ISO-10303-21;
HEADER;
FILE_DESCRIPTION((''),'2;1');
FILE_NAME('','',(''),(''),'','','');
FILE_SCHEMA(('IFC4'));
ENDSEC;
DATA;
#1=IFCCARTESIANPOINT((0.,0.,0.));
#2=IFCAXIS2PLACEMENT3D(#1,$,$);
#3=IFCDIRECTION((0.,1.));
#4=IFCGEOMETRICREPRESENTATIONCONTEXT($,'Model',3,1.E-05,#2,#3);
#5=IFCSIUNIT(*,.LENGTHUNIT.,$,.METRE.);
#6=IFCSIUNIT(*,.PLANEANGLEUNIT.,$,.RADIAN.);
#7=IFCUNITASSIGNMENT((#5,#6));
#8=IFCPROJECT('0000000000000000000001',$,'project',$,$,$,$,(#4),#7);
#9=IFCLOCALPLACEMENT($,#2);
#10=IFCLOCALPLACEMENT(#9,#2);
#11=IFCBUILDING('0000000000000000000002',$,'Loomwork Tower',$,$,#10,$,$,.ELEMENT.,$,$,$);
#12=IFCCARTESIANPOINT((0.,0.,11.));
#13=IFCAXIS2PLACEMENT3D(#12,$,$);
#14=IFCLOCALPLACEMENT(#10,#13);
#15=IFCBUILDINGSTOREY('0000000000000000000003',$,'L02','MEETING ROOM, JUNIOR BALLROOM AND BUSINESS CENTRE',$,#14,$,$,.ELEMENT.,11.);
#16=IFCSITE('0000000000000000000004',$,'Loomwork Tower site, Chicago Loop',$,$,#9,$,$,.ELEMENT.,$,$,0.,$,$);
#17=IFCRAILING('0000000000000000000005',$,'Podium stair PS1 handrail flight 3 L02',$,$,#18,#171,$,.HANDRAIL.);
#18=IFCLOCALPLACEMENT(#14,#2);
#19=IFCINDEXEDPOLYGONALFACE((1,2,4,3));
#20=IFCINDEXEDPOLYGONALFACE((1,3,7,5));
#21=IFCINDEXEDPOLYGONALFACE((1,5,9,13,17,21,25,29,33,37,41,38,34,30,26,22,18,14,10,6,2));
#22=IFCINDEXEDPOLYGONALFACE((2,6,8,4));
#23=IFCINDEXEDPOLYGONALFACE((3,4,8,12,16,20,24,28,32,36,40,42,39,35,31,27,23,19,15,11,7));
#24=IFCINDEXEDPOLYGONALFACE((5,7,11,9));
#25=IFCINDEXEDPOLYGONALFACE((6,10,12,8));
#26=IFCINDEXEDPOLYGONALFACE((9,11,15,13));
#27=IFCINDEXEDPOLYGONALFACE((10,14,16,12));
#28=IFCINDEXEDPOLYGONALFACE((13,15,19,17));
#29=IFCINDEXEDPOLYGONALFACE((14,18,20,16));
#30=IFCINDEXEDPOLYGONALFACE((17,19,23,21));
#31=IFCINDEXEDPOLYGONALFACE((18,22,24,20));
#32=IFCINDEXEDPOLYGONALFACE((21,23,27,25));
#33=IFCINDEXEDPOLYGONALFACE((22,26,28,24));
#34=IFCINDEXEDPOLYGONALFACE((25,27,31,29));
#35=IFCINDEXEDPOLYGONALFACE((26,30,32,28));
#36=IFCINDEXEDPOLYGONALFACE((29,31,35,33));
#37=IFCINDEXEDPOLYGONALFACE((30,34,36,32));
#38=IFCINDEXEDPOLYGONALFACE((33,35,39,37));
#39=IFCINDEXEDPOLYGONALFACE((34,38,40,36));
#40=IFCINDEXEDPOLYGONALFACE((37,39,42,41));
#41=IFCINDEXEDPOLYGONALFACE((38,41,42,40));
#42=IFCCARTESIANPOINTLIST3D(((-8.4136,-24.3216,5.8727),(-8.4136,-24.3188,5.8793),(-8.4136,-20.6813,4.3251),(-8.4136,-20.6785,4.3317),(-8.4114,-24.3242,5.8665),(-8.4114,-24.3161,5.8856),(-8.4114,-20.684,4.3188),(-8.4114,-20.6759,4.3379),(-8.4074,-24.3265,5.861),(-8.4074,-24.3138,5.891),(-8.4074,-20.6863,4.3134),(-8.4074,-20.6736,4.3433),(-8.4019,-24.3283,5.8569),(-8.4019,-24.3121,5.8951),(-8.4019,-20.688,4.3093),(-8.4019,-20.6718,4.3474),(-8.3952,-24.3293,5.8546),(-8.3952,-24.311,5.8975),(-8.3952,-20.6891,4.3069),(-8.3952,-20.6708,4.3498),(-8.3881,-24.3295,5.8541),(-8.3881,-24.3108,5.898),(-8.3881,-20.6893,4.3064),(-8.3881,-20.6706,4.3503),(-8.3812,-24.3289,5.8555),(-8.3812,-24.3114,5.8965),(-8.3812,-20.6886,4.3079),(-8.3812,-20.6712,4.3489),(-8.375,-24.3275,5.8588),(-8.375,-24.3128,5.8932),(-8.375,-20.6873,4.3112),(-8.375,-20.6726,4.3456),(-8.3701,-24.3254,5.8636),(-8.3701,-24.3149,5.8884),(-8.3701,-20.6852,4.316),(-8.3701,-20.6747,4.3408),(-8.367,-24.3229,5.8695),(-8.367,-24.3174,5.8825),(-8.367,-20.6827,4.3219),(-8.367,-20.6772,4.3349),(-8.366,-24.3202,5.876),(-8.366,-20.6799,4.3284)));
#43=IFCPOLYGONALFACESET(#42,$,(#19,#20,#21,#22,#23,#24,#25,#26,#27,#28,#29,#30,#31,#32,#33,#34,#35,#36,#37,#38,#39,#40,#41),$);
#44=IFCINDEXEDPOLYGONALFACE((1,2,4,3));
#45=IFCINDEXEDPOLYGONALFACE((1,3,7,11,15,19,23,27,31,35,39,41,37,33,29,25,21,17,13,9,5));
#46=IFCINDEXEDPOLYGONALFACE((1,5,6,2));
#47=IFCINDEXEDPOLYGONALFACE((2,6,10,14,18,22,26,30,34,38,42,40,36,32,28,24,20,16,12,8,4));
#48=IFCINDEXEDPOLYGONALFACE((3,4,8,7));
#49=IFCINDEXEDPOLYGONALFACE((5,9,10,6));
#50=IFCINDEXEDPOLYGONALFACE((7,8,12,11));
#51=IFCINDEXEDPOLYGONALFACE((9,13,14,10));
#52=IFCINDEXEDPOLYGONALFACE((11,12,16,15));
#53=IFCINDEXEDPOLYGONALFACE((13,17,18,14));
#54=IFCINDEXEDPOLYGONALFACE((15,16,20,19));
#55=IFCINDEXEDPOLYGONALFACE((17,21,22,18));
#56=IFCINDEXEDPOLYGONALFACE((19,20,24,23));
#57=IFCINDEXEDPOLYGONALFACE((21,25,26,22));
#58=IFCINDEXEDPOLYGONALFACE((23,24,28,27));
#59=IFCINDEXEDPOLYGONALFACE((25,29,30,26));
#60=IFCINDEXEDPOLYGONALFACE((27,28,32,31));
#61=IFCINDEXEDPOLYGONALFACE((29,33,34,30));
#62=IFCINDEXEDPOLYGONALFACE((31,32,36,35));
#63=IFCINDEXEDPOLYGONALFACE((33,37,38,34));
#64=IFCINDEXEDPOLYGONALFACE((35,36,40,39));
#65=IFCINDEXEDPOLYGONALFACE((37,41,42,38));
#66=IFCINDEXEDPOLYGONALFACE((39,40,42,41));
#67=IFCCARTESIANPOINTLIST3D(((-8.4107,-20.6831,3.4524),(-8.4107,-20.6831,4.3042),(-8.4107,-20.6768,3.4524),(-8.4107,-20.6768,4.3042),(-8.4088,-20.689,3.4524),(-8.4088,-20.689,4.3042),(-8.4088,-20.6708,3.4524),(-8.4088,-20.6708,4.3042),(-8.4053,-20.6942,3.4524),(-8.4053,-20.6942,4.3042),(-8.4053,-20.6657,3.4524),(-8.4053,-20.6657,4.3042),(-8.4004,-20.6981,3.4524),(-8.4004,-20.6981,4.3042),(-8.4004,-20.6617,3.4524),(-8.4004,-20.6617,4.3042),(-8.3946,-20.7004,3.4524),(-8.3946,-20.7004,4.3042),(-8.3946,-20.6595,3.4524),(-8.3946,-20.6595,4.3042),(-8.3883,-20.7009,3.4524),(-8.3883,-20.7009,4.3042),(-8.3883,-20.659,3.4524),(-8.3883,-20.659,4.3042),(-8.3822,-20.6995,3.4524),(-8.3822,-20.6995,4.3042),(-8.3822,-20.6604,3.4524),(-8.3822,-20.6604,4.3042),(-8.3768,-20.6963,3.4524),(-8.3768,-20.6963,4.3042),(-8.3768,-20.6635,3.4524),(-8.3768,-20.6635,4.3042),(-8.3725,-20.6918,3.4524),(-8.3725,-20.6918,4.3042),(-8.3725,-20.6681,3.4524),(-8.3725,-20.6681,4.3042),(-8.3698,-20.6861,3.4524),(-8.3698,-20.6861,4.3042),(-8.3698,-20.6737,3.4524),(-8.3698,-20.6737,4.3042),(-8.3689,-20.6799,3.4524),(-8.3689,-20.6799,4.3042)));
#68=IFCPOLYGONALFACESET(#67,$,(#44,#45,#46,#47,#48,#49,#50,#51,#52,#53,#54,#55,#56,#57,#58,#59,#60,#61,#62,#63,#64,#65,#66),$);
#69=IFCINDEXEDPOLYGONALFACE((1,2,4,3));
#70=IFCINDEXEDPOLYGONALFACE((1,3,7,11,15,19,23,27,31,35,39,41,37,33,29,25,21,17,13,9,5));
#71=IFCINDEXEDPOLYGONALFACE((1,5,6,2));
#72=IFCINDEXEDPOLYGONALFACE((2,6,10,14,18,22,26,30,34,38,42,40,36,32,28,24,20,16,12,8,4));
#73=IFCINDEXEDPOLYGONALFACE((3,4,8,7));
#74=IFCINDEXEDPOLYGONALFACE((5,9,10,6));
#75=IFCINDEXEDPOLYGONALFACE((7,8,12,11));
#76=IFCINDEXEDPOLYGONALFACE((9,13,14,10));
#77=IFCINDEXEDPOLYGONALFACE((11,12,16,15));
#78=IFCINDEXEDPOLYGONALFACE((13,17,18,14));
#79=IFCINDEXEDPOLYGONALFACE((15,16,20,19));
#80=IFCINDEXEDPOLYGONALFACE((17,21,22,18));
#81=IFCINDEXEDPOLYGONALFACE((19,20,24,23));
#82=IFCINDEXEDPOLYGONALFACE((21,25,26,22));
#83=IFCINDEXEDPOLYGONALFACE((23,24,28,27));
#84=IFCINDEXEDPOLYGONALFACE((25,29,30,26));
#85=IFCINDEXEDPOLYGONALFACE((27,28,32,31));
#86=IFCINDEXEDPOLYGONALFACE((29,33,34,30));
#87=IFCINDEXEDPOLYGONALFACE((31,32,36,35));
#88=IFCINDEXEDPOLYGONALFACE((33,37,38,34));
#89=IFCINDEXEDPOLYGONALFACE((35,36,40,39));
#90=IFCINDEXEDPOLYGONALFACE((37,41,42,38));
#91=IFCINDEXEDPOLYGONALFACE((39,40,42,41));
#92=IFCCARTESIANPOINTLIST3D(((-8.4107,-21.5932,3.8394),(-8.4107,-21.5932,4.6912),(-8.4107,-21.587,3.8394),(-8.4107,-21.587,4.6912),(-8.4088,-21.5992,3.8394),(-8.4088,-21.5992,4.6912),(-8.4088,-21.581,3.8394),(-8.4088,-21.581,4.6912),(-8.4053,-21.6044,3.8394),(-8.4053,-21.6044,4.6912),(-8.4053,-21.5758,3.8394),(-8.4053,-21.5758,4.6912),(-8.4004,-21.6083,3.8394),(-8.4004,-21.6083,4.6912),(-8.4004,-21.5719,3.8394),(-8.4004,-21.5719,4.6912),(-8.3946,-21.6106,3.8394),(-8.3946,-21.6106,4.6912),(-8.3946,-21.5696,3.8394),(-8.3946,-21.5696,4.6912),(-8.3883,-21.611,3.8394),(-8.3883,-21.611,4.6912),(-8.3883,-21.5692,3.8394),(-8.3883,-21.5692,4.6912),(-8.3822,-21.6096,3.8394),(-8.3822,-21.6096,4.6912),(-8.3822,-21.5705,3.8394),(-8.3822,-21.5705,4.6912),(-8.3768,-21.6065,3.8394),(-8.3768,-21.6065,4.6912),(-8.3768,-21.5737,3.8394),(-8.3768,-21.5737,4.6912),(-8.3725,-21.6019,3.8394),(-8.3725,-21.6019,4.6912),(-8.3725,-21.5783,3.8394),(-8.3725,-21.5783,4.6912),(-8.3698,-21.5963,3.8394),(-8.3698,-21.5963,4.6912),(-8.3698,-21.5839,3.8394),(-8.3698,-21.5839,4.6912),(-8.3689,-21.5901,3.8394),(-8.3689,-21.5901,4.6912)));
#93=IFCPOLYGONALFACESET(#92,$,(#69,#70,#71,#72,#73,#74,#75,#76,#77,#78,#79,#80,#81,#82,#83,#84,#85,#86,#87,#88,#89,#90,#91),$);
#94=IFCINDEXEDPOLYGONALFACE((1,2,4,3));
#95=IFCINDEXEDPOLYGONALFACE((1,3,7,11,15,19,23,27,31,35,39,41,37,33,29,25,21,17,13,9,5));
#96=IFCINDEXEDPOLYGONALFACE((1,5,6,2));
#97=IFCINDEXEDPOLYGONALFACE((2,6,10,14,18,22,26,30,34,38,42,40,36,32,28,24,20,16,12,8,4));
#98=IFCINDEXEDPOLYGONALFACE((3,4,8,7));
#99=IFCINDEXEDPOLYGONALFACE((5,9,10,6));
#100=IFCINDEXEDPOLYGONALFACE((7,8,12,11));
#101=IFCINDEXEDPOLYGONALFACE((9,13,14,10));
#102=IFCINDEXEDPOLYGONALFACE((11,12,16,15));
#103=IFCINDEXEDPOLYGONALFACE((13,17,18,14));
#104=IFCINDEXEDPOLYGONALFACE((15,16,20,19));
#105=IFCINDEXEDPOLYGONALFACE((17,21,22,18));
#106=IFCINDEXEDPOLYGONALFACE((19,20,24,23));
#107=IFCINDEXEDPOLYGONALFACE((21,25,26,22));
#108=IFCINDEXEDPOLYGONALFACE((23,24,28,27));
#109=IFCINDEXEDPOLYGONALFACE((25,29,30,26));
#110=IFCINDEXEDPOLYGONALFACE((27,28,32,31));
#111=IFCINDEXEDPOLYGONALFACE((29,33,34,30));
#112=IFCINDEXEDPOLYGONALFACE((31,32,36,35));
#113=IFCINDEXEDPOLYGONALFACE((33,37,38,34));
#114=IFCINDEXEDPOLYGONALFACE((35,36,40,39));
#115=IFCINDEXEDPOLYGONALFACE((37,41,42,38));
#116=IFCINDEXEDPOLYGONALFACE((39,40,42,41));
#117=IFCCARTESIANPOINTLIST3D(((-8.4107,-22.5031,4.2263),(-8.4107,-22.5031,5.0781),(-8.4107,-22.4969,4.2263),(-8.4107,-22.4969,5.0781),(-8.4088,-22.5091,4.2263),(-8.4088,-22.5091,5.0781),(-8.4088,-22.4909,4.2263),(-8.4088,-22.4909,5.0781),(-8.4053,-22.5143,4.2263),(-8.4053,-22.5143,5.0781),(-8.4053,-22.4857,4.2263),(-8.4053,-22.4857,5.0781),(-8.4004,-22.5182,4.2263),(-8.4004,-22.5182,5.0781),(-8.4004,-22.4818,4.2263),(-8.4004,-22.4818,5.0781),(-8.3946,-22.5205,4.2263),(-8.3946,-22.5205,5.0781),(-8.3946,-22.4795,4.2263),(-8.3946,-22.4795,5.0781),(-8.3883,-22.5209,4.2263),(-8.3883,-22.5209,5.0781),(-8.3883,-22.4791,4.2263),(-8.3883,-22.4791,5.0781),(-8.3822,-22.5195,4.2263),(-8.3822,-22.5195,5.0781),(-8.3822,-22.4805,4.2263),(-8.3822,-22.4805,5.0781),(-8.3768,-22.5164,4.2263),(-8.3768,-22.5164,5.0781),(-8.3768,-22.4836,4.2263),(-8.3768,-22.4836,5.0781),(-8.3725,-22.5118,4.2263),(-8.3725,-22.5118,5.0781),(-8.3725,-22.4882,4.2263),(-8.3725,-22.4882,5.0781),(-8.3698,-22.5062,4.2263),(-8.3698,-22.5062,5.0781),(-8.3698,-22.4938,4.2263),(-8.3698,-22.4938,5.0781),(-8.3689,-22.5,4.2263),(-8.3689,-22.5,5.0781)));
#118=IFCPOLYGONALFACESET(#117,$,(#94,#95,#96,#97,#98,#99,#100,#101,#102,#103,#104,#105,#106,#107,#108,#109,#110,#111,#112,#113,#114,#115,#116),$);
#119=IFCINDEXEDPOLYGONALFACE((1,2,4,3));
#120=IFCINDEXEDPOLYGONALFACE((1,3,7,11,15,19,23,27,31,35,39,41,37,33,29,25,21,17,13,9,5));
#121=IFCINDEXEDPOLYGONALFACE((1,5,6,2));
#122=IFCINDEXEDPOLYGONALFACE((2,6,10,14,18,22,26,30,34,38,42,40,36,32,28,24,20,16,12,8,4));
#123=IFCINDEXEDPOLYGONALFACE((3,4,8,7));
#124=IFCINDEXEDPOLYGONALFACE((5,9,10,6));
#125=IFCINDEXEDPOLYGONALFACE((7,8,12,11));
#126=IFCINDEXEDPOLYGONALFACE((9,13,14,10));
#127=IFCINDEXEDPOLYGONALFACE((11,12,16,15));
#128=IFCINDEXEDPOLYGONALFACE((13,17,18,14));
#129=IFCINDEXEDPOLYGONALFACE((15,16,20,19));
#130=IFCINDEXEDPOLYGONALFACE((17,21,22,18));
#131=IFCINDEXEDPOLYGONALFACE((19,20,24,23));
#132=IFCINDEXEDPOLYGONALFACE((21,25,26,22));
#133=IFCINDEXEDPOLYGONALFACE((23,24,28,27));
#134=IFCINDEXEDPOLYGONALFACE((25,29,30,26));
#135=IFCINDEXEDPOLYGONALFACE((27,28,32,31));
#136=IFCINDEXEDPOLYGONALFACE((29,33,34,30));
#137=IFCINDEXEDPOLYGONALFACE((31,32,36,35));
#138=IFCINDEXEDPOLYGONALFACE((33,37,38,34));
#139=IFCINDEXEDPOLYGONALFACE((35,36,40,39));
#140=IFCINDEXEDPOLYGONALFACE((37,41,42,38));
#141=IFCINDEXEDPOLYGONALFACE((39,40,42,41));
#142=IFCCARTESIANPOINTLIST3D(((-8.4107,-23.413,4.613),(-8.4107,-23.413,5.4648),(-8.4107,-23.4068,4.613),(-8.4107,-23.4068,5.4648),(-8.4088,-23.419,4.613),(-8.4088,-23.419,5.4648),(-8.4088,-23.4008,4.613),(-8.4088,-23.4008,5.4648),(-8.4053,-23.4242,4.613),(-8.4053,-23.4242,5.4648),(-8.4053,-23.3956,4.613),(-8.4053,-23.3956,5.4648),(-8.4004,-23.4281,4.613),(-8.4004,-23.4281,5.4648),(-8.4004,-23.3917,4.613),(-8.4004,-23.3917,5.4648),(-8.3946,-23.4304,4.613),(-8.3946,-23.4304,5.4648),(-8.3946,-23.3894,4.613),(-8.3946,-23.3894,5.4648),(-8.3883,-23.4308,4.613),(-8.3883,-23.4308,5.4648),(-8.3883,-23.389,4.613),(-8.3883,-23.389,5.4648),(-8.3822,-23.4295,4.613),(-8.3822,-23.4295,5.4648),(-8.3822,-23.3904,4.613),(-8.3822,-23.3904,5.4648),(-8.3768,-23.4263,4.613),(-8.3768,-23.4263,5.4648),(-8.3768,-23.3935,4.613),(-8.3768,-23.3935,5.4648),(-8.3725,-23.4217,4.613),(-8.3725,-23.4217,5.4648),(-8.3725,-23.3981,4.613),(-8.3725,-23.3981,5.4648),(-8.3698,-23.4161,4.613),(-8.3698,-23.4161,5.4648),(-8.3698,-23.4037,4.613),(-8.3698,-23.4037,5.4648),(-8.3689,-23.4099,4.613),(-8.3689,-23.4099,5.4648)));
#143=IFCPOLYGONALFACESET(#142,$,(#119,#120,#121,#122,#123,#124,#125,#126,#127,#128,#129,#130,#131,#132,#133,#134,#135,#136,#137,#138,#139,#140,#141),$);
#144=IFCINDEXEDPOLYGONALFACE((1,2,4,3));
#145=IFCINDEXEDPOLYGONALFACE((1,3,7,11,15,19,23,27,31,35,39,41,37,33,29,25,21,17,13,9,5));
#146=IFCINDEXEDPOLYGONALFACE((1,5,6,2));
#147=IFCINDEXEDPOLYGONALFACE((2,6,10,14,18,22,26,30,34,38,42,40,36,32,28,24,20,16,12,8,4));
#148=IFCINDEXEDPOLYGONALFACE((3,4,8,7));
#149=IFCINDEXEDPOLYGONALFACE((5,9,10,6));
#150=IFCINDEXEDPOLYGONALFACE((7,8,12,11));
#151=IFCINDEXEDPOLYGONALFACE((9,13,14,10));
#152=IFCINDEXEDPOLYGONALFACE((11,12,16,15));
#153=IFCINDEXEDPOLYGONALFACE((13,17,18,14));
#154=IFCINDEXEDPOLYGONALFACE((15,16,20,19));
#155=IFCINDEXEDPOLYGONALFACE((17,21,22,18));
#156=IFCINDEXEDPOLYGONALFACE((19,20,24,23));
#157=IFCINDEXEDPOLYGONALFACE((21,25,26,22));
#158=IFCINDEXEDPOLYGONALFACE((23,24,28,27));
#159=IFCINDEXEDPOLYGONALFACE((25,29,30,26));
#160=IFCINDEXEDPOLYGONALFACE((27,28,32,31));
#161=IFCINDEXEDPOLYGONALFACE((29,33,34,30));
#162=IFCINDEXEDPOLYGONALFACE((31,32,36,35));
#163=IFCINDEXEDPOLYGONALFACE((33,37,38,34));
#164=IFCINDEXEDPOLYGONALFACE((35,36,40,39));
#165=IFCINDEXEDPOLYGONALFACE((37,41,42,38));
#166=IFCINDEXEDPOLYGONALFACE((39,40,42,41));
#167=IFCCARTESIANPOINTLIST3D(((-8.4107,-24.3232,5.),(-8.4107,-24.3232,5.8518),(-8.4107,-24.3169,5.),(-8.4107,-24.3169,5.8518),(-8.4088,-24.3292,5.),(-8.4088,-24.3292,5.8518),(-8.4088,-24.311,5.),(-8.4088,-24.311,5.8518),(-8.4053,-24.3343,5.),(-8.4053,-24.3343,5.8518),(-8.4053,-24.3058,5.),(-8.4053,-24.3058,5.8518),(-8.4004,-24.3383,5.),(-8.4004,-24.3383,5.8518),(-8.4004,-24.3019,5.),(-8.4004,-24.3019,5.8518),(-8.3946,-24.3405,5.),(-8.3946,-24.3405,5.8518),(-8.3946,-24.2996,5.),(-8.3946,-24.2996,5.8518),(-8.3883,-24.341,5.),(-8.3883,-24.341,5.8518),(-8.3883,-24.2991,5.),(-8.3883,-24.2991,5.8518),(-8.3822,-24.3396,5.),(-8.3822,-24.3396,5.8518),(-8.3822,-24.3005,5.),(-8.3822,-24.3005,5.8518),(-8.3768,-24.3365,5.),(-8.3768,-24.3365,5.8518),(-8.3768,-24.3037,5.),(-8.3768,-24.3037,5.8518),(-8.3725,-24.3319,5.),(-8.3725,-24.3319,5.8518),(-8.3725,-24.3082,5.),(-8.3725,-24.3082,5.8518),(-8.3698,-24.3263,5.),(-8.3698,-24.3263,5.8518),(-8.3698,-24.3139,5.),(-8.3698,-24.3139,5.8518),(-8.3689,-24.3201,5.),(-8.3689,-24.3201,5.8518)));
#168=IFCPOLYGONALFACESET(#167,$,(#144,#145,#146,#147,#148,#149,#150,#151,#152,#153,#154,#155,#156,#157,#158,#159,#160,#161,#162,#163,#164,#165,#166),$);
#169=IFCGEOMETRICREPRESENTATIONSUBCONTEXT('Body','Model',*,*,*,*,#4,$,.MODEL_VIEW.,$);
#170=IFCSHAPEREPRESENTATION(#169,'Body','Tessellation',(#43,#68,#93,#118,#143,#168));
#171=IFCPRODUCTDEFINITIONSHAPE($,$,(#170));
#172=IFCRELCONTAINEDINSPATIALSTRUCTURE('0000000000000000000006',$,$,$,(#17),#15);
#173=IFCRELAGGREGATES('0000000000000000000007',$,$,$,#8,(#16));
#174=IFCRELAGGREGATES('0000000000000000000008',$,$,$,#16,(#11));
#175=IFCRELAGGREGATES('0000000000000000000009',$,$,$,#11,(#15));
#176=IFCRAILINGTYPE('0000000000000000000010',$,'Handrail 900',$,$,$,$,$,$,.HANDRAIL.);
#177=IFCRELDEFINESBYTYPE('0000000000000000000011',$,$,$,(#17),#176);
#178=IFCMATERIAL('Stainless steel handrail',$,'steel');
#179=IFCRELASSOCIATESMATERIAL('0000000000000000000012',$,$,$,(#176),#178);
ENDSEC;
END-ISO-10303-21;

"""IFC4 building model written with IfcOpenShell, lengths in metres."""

from ifc_helpers import new_model, si_unit, direction, frame, origin, origin_2d, place, context, subcontext, project, spatial, circle, extrude, material, type_object, element, save


model = new_model("IFC4")

# Units and contexts
model_context = context("Model", 3, precision=1e-05, world=origin(), true_north=direction((0.0, 1.0)))
body_context = subcontext(model_context, "Body", "Model", "MODEL_VIEW")
ifc_project = project(units=[si_unit("LENGTHUNIT", "METRE"), si_unit("PLANEANGLEUNIT", "RADIAN")], contexts=[model_context])

# Site, building, storey
site_placement = place(None, origin())
site = spatial("IfcSite", under=ifc_project, at=site_placement, Name="Loomwork Tower site, Chicago Loop", CompositionType="ELEMENT", RefElevation=0.0)
building_placement = place(site_placement, origin())
building = spatial("IfcBuilding", under=site, at=building_placement, Name="Loomwork Tower", CompositionType="ELEMENT")
storey_placement = place(building_placement, frame((0.0, 0.0, 11.0)))
storey = spatial("IfcBuildingStorey", under=building, at=storey_placement, Name="L02", Description="MEETING ROOM, JUNIOR BALLROOM AND BUSINESS CENTRE", CompositionType="ELEMENT", Elevation=11.0)

# Railing
ifc_material_1 = material(Name="Stainless steel handrail", Category="steel")
railing_type = type_object("IfcRailingType", Name="Handrail 900", PredefinedType="HANDRAIL", material=ifc_material_1)
railing_1_placement = place(storey_placement, frame((-8.3899, -20.6799, 3.4524)))
element("IfcRailing", 1, at=railing_1_placement, inside=storey, type_object=railing_type, Name="Podium stair PS1 handrail flight 3 L02", PredefinedType="HANDRAIL", context=body_context, shape_type="SweptSolid", body=[
    extrude(circle(Radius=0.0239, at=origin_2d()), frame((0.0, 0.0, 0.876), z_axis=(0.0, -0.920281, 0.391258), x_axis=(1.0, 0.0, 0.0)), (0.0, 0.0, 1.0), 3.9556),
    extrude(circle(Radius=0.021, at=origin_2d()), origin(), (0.0, 0.0, 1.0), 0.8518),
    extrude(circle(Radius=0.021, at=origin_2d()), frame((0.0, -0.9102, 0.387)), (0.0, 0.0, 1.0), 0.8518),
    extrude(circle(Radius=0.021, at=origin_2d()), frame((0.0, -1.8201, 0.7739)), (0.0, 0.0, 1.0), 0.8518),
    extrude(circle(Radius=0.021, at=origin_2d()), frame((0.0, -2.73, 1.1606)), (0.0, 0.0, 1.0), 0.8518),
    extrude(circle(Radius=0.021, at=origin_2d()), frame((0.0, -3.6401, 1.5476)), (0.0, 0.0, 1.0), 0.8518),
])

save(model, "model.ifc")
